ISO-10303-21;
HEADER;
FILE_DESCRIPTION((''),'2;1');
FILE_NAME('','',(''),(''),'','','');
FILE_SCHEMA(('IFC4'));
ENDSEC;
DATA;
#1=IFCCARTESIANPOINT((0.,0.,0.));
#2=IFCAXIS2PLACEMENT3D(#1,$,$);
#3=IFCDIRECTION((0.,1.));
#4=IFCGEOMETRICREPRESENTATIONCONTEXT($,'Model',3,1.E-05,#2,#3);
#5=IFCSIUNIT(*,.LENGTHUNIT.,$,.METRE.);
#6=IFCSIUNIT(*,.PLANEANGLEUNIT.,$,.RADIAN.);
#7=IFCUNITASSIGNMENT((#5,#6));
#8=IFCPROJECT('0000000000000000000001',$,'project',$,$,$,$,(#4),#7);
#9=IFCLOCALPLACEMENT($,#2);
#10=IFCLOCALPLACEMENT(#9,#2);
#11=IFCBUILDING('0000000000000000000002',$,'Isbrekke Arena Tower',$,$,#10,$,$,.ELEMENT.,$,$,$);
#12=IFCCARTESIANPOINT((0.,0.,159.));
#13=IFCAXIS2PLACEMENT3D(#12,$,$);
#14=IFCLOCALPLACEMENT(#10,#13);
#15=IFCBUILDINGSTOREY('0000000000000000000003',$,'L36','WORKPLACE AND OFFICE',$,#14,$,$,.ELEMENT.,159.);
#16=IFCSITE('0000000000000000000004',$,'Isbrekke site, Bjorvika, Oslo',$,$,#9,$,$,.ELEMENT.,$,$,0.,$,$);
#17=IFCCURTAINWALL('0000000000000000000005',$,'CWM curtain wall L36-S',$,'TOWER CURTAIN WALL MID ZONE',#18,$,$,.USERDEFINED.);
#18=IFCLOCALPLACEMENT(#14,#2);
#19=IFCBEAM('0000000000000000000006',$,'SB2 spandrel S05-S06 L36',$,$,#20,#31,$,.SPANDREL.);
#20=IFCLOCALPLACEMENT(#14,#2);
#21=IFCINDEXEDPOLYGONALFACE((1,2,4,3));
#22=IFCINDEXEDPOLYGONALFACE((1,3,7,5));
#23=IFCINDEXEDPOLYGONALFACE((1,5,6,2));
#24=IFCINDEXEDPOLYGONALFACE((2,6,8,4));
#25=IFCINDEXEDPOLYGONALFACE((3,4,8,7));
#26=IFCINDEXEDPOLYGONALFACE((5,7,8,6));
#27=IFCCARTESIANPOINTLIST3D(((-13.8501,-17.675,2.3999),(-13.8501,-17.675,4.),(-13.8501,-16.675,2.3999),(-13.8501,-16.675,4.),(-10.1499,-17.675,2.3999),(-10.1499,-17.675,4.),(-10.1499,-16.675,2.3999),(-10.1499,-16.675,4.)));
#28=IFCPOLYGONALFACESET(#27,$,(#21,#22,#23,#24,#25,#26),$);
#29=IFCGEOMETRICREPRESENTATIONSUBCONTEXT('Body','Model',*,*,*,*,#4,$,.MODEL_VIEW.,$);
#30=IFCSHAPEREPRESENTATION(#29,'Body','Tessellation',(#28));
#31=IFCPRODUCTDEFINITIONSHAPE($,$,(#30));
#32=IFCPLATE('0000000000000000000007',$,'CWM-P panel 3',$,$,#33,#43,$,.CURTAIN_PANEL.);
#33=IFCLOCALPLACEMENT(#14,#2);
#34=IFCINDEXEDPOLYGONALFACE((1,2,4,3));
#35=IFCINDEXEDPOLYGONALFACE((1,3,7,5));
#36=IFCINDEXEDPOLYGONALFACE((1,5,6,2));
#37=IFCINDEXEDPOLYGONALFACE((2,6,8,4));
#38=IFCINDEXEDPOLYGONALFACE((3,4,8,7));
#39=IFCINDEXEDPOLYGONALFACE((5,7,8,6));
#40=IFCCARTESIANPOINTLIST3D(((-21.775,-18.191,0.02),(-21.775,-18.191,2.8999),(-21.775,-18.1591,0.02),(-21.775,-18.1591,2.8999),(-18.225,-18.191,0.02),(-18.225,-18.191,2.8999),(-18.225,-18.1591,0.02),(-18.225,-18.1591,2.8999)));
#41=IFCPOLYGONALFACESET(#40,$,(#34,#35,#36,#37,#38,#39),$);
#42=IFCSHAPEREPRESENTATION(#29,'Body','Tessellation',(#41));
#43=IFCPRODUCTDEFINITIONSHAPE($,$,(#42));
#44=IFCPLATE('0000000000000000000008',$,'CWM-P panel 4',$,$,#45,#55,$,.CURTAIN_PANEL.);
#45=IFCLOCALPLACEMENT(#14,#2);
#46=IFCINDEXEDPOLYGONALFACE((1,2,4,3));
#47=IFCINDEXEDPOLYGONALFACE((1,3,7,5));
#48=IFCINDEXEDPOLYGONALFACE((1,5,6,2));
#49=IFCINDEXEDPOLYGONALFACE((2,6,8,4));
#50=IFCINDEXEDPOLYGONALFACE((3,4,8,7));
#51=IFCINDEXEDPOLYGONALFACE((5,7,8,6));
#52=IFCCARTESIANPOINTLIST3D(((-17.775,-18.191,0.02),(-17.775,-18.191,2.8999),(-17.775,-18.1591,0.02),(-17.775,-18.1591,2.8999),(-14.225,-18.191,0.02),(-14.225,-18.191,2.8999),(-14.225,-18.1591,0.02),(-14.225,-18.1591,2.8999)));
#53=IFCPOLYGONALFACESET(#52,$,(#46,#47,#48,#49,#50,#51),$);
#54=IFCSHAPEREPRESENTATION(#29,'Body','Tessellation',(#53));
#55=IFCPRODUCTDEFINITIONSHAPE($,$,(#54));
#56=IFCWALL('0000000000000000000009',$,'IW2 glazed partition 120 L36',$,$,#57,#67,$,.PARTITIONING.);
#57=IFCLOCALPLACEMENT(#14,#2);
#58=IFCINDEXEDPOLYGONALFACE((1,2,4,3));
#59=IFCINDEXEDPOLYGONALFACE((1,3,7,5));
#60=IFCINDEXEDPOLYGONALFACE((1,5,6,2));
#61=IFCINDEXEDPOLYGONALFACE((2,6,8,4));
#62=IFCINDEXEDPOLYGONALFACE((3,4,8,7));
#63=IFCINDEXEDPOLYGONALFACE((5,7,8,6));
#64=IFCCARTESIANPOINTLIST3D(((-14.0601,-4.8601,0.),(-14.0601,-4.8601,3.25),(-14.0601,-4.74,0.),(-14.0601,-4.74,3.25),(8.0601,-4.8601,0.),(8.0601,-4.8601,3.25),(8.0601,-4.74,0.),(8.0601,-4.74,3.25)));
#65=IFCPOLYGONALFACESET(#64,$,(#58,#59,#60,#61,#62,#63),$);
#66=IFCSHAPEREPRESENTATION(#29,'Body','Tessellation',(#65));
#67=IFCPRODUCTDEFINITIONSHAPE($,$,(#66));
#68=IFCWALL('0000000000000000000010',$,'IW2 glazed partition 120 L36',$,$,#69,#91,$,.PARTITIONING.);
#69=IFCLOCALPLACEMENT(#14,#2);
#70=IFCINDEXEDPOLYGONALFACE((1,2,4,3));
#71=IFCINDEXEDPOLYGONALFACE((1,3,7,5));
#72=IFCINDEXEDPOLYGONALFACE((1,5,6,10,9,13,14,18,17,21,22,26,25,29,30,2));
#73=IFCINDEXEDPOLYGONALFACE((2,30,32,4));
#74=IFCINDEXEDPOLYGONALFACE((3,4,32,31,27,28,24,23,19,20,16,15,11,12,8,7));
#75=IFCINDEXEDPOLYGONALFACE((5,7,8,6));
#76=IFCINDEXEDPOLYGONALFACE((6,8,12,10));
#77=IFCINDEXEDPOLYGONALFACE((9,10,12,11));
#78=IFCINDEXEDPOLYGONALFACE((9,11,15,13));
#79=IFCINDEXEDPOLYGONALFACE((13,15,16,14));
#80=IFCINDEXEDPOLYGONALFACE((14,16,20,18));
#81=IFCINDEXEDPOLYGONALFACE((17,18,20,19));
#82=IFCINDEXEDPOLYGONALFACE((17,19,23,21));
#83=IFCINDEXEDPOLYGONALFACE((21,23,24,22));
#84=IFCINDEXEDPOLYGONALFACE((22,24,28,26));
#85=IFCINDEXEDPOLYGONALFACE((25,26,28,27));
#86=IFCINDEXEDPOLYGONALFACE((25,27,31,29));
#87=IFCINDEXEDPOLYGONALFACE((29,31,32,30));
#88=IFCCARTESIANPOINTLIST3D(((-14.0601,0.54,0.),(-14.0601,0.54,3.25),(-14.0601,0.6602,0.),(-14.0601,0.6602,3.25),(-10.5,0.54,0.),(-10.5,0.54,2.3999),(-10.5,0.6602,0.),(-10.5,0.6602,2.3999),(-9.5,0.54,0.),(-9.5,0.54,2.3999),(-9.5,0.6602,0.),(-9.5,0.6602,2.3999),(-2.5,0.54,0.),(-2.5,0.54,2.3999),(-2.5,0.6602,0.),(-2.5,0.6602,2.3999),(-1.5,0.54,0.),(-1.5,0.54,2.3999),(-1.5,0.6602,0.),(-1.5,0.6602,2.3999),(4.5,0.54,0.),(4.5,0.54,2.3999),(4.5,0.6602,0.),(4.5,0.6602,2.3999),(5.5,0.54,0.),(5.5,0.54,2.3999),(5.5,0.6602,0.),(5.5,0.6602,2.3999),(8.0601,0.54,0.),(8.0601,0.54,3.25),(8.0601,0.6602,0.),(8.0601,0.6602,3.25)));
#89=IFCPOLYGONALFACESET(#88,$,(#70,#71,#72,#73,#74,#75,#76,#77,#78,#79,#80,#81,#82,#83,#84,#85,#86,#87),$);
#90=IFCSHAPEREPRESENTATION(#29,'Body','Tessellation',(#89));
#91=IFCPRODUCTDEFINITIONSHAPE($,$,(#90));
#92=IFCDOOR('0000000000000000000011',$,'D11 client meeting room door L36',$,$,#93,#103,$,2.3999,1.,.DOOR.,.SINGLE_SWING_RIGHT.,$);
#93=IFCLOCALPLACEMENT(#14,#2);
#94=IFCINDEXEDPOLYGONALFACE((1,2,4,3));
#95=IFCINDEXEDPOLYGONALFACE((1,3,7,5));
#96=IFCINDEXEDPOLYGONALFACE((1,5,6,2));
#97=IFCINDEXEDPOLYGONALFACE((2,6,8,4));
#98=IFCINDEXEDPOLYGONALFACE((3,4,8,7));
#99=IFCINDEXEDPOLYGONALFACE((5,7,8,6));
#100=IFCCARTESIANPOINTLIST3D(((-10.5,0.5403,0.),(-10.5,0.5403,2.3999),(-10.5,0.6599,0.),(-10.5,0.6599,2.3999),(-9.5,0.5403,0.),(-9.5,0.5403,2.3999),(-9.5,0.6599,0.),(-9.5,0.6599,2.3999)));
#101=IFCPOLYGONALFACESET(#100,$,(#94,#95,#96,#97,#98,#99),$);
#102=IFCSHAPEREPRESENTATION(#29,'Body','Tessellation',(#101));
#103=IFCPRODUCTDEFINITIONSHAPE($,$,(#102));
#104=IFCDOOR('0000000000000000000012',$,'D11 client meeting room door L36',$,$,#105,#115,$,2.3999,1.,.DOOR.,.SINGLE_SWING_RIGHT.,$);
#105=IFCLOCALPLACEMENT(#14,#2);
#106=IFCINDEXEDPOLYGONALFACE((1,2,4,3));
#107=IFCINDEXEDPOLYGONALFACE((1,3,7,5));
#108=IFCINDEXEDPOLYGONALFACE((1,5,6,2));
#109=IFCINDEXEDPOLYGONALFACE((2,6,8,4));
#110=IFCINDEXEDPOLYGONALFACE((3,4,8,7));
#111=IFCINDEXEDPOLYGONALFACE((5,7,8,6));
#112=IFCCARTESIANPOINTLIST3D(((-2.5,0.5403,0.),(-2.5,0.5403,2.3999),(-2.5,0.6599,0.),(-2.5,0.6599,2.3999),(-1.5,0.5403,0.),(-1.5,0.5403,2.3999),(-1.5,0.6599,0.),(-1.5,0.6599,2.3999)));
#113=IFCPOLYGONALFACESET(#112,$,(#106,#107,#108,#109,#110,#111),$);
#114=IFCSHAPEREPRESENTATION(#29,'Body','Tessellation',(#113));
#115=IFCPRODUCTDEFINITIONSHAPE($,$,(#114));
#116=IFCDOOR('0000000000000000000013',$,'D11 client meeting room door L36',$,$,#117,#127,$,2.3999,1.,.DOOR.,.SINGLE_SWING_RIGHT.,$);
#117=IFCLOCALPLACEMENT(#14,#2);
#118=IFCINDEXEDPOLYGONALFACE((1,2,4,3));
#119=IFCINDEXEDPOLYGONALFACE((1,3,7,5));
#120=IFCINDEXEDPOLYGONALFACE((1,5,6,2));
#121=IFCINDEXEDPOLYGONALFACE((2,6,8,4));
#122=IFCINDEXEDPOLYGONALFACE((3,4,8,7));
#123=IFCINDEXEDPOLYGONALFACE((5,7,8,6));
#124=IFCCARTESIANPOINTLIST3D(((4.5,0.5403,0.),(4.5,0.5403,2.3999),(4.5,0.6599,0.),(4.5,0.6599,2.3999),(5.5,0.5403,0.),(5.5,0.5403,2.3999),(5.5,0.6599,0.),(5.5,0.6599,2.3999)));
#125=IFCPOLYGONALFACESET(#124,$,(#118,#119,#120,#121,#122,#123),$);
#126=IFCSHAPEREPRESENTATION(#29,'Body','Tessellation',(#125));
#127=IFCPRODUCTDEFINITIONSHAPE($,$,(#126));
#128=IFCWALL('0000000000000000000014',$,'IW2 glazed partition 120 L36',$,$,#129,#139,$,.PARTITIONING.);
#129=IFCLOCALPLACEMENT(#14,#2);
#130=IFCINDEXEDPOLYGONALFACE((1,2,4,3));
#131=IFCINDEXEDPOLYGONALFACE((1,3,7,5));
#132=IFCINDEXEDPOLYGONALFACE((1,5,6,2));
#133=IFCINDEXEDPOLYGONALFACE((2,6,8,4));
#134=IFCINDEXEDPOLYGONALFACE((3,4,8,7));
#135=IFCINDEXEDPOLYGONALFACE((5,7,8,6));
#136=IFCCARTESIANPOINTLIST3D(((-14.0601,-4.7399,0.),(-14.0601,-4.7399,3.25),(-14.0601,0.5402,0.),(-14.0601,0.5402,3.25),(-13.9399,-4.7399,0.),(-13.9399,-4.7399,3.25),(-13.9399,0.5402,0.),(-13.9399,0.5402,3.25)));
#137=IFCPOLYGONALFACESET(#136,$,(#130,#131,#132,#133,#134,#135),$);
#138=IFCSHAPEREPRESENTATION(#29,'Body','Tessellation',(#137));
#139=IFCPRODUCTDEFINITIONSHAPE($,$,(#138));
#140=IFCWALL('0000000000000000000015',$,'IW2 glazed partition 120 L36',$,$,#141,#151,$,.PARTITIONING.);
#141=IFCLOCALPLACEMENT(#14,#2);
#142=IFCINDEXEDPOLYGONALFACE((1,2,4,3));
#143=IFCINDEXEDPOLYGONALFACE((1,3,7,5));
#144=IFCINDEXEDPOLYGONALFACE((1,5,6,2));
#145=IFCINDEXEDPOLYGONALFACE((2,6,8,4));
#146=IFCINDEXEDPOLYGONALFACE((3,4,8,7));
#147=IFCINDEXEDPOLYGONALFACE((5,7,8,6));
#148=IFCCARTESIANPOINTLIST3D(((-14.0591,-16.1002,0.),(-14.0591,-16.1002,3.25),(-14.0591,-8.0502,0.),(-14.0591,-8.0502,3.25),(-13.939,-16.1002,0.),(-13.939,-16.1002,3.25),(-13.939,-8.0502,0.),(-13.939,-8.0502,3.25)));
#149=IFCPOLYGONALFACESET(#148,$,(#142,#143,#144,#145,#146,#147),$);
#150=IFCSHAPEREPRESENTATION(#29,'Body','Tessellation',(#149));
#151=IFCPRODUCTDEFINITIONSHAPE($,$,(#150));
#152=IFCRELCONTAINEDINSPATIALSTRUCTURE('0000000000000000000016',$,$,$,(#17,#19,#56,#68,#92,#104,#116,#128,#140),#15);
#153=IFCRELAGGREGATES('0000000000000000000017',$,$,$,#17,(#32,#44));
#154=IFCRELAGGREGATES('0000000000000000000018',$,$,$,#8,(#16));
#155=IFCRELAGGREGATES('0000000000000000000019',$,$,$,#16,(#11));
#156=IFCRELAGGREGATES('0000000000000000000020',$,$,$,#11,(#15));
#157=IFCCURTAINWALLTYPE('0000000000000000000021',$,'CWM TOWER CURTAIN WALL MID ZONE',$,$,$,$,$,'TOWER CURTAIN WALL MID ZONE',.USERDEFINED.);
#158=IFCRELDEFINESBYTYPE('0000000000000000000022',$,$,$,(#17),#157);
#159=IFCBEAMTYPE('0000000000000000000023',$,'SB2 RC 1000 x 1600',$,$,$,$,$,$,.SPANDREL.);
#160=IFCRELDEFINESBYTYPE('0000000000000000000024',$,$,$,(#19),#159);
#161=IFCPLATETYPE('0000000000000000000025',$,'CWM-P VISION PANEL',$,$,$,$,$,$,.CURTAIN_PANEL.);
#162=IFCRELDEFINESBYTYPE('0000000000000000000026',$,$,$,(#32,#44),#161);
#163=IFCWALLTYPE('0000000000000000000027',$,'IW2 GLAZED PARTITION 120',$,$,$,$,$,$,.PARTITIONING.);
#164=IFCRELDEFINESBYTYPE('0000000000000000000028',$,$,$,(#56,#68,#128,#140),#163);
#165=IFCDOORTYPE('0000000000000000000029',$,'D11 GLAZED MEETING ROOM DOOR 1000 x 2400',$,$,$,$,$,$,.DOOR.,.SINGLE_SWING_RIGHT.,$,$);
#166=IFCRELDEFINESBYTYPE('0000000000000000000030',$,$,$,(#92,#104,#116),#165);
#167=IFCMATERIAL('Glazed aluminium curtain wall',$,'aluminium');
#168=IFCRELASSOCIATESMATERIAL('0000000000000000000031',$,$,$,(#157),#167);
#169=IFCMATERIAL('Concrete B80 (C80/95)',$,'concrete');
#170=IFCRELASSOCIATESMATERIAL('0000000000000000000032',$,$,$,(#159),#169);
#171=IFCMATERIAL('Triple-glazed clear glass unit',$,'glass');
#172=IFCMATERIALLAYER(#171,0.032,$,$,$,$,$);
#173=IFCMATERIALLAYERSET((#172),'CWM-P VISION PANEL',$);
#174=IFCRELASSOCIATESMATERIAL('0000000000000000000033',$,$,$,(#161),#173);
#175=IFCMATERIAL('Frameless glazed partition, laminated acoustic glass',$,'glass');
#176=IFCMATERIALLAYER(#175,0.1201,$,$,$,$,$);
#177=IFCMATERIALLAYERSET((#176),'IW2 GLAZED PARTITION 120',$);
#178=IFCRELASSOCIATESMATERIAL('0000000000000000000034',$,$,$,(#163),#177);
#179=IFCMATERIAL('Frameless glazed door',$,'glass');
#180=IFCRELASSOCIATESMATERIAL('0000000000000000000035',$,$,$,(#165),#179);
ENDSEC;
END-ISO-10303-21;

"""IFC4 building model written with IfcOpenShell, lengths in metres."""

from ifc_helpers import new_model, si_unit, direction, frame, frame_2d, origin, origin_2d, place, context, subcontext, project, spatial, rectangle, extrude, material, layer, layer_set, material_profile, profile_set, type_object, element, fill, aggregate, save


model = new_model("IFC4")

# Units and contexts
model_context = context("Model", 3, precision=1e-05, world=origin(), true_north=direction((0.0, 1.0)))
body_context = subcontext(model_context, "Body", "Model", "MODEL_VIEW")
ifc_project = project(units=[si_unit("LENGTHUNIT", "METRE"), si_unit("PLANEANGLEUNIT", "RADIAN")], contexts=[model_context])

# Site, building, storey
site_placement = place(None, origin())
site = spatial("IfcSite", under=ifc_project, at=site_placement, Name="Isbrekke site, Bjorvika, Oslo", CompositionType="ELEMENT", RefElevation=0.0)
building_placement = place(site_placement, origin())
building = spatial("IfcBuilding", under=site, at=building_placement, Name="Isbrekke Arena Tower", CompositionType="ELEMENT")
storey_placement = place(building_placement, frame((0.0, 0.0, 159.0)))
storey = spatial("IfcBuildingStorey", under=building, at=storey_placement, Name="L36", Description="WORKPLACE AND OFFICE", CompositionType="ELEMENT", Elevation=159.0)

# Curtain wall
ifc_material_1 = material(Name="Glazed aluminium curtain wall", Category="aluminium")
curtain_wall_type = type_object("IfcCurtainWallType", Name="CWM TOWER CURTAIN WALL MID ZONE", ElementType="TOWER CURTAIN WALL MID ZONE", PredefinedType="USERDEFINED", material=ifc_material_1)
curtain_wall_placement = place(storey_placement, origin())
curtain_wall = element("IfcCurtainWall", 1, at=curtain_wall_placement, inside=storey, type_object=curtain_wall_type, Name="CWM curtain wall L36-S", ObjectType="TOWER CURTAIN WALL MID ZONE", PredefinedType="USERDEFINED")

# Beam
ifc_material_2 = material(Name="Concrete B80 (C80/95)", Category="concrete")
ifc_material_profile_1 = material_profile(ifc_material_2, rectangle(XDim=1.0, YDim=1.6001, at=origin_2d()), Name="RC 1000x1600")
ifc_profile_set_1 = profile_set([ifc_material_profile_1], Name="Concrete B80 (C80/95)")
beam_type_1 = type_object("IfcBeamType", Name="SB2 RC 1000 x 1600", PredefinedType="SPANDREL", material=ifc_profile_set_1)
for number, where, z_axis, x_axis, name in (
    (2, (-13.8501, -17.175, 3.2), (1.0, 0.0, 0.0), (0.0, 1.0, 0.0), "SB2 spandrel S05-S06 L36"),
):
    element("IfcBeam", number, at=place(storey_placement, frame(where, z_axis=z_axis, x_axis=x_axis)), inside=storey, type_object=beam_type_1, Name=name, PredefinedType="SPANDREL", context=body_context, shape_type="SweptSolid", body=[
        extrude(rectangle(XDim=1.0, YDim=1.6001, at=origin_2d()), origin(), (0.0, 0.0, 1.0), 3.7002),
    ])

# Plates
ifc_material_3 = material(Name="Triple-glazed clear glass unit", Category="glass")
ifc_layer_1 = layer(ifc_material_3, 0.032)
ifc_layer_set_1 = layer_set([ifc_layer_1], Name="CWM-P VISION PANEL")
plate_type = type_object("IfcPlateType", Name="CWM-P VISION PANEL", PredefinedType="CURTAIN_PANEL", material=ifc_layer_set_1)
plate_1_placement = place(storey_placement, frame((-20.0, -18.175, 0.02), z_axis=(0.0, 0.0, 1.0), x_axis=(1.0, 0.0, 0.0)))
plate_1 = element("IfcPlate", 3, at=plate_1_placement, type_object=plate_type, Name="CWM-P panel 3", PredefinedType="CURTAIN_PANEL", context=body_context, shape_type="SweptSolid", body=[
    extrude(rectangle(XDim=3.55, YDim=0.032, at=origin_2d()), origin(), (0.0, 0.0, 1.0), 2.8799),
])
plate_2_placement = place(storey_placement, frame((-16.0, -18.175, 0.02), z_axis=(0.0, 0.0, 1.0), x_axis=(1.0, 0.0, 0.0)))
plate_2 = element("IfcPlate", 4, at=plate_2_placement, type_object=plate_type, Name="CWM-P panel 4", PredefinedType="CURTAIN_PANEL", context=body_context, shape_type="SweptSolid", body=[
    extrude(rectangle(XDim=3.55, YDim=0.032, at=origin_2d()), origin(), (0.0, 0.0, 1.0), 2.8799),
])
aggregate(curtain_wall, [plate_1, plate_2])

# Wall
ifc_material_4 = material(Name="Frameless glazed partition, laminated acoustic glass", Category="glass")
ifc_layer_2 = layer(ifc_material_4, 0.1201)
ifc_layer_set_2 = layer_set([ifc_layer_2], Name="IW2 GLAZED PARTITION 120")
wall_type = type_object("IfcWallType", Name="IW2 GLAZED PARTITION 120", PredefinedType="PARTITIONING", material=ifc_layer_set_2)
wall_1_placement = place(storey_placement, frame((-14.0601, -4.8, 0.0), z_axis=(0.0, 0.0, 1.0), x_axis=(1.0, 0.0, 0.0)))
element("IfcWall", 5, at=wall_1_placement, inside=storey, type_object=wall_type, Name="IW2 glazed partition 120 L36", PredefinedType="PARTITIONING", context=body_context, shape_type="SweptSolid", body=[
    extrude(rectangle(XDim=22.1201, YDim=0.1201, at=frame_2d((11.0601, 0.0))), origin(), (0.0, 0.0, 1.0), 3.25),
])

# Wall, openings, doors
wall_2_placement = place(storey_placement, frame((-14.0601, 0.6001, 0.0), z_axis=(0.0, 0.0, 1.0), x_axis=(1.0, 0.0, 0.0)))
wall_2 = element("IfcWall", 6, at=wall_2_placement, inside=storey, type_object=wall_type, Name="IW2 glazed partition 120 L36", PredefinedType="PARTITIONING", context=body_context, shape_type="SweptSolid", body=[
    extrude(rectangle(XDim=22.1201, YDim=0.1201, at=frame_2d((11.0601, 0.0))), origin(), (0.0, 0.0, 1.0), 3.25),
])
opening_1_placement = place(wall_2_placement, frame((3.5601, 0.0, 0.0)))
opening_1 = element("IfcOpeningElement", 7, at=opening_1_placement, cuts=wall_2, PredefinedType="OPENING", context=body_context, shape_type="SweptSolid", body=[
    extrude(rectangle(XDim=1.0, YDim=2.3999, at=frame_2d((0.5, 1.2))), frame((0.0, 0.075, 0.0), z_axis=(0.0, -1.0, 0.0), x_axis=(1.0, 0.0, 0.0)), (0.0, 0.0, 1.0), 0.1499),
])
opening_2_placement = place(wall_2_placement, frame((11.5601, 0.0, 0.0)))
opening_2 = element("IfcOpeningElement", 8, at=opening_2_placement, cuts=wall_2, PredefinedType="OPENING", context=body_context, shape_type="SweptSolid", body=[
    extrude(rectangle(XDim=1.0, YDim=2.3999, at=frame_2d((0.5, 1.2))), frame((0.0, 0.075, 0.0), z_axis=(0.0, -1.0, 0.0), x_axis=(1.0, 0.0, 0.0)), (0.0, 0.0, 1.0), 0.1499),
])
opening_3_placement = place(wall_2_placement, frame((18.5601, 0.0, 0.0)))
opening_3 = element("IfcOpeningElement", 9, at=opening_3_placement, cuts=wall_2, PredefinedType="OPENING", context=body_context, shape_type="SweptSolid", body=[
    extrude(rectangle(XDim=1.0, YDim=2.3999, at=frame_2d((0.5, 1.2))), frame((0.0, 0.075, 0.0), z_axis=(0.0, -1.0, 0.0), x_axis=(1.0, 0.0, 0.0)), (0.0, 0.0, 1.0), 0.1499),
])
ifc_material_5 = material(Name="Frameless glazed door", Category="glass")
door_type = type_object("IfcDoorType", Name="D11 GLAZED MEETING ROOM DOOR 1000 x 2400", OperationType="SINGLE_SWING_RIGHT", PredefinedType="DOOR", material=ifc_material_5)
door_1_placement = place(opening_1_placement, origin())
door_1 = element("IfcDoor", 10, at=door_1_placement, inside=storey, type_object=door_type, Name="D11 client meeting room door L36", OperationType="SINGLE_SWING_RIGHT", OverallHeight=2.3999, OverallWidth=1.0, PredefinedType="DOOR", context=body_context, shape_type="SweptSolid", body=[
    extrude(rectangle(XDim=1.0, YDim=2.3999, at=frame_2d((0.5, 1.2))), frame((0.0, 0.0598, 0.0), z_axis=(0.0, -1.0, 0.0), x_axis=(1.0, 0.0, 0.0)), (0.0, 0.0, 1.0), 0.1196),
])
fill(opening_1, door_1)
door_2_placement = place(opening_2_placement, origin())
door_2 = element("IfcDoor", 11, at=door_2_placement, inside=storey, type_object=door_type, Name="D11 client meeting room door L36", OperationType="SINGLE_SWING_RIGHT", OverallHeight=2.3999, OverallWidth=1.0, PredefinedType="DOOR", context=body_context, shape_type="SweptSolid", body=[
    extrude(rectangle(XDim=1.0, YDim=2.3999, at=frame_2d((0.5, 1.2))), frame((0.0, 0.0598, 0.0), z_axis=(0.0, -1.0, 0.0), x_axis=(1.0, 0.0, 0.0)), (0.0, 0.0, 1.0), 0.1196),
])
fill(opening_2, door_2)
door_3_placement = place(opening_3_placement, origin())
door_3 = element("IfcDoor", 12, at=door_3_placement, inside=storey, type_object=door_type, Name="D11 client meeting room door L36", OperationType="SINGLE_SWING_RIGHT", OverallHeight=2.3999, OverallWidth=1.0, PredefinedType="DOOR", context=body_context, shape_type="SweptSolid", body=[
    extrude(rectangle(XDim=1.0, YDim=2.3999, at=frame_2d((0.5, 1.2))), frame((0.0, 0.0598, 0.0), z_axis=(0.0, -1.0, 0.0), x_axis=(1.0, 0.0, 0.0)), (0.0, 0.0, 1.0), 0.1196),
])
fill(opening_3, door_3)

# Walls
wall_3_placement = place(storey_placement, frame((-14.0, -4.74, 0.0), z_axis=(0.0, 0.0, 1.0), x_axis=(0.0, 1.0, 0.0)))
element("IfcWall", 13, at=wall_3_placement, inside=storey, type_object=wall_type, Name="IW2 glazed partition 120 L36", PredefinedType="PARTITIONING", context=body_context, shape_type="SweptSolid", body=[
    extrude(rectangle(XDim=5.28, YDim=0.1201, at=frame_2d((2.6401, 0.0))), origin(), (0.0, 0.0, 1.0), 3.25),
])
wall_4_placement = place(storey_placement, frame((-13.999, -16.1001, 0.0), z_axis=(0.0, 0.0, 1.0), x_axis=(0.0, 1.0, 0.0)))
element("IfcWall", 14, at=wall_4_placement, inside=storey, type_object=wall_type, Name="IW2 glazed partition 120 L36", PredefinedType="PARTITIONING", context=body_context, shape_type="SweptSolid", body=[
    extrude(rectangle(XDim=8.05, YDim=0.1201, at=frame_2d((4.0249, 0.0))), origin(), (0.0, 0.0, 1.0), 3.25),
])

save(model, "model.ifc")
